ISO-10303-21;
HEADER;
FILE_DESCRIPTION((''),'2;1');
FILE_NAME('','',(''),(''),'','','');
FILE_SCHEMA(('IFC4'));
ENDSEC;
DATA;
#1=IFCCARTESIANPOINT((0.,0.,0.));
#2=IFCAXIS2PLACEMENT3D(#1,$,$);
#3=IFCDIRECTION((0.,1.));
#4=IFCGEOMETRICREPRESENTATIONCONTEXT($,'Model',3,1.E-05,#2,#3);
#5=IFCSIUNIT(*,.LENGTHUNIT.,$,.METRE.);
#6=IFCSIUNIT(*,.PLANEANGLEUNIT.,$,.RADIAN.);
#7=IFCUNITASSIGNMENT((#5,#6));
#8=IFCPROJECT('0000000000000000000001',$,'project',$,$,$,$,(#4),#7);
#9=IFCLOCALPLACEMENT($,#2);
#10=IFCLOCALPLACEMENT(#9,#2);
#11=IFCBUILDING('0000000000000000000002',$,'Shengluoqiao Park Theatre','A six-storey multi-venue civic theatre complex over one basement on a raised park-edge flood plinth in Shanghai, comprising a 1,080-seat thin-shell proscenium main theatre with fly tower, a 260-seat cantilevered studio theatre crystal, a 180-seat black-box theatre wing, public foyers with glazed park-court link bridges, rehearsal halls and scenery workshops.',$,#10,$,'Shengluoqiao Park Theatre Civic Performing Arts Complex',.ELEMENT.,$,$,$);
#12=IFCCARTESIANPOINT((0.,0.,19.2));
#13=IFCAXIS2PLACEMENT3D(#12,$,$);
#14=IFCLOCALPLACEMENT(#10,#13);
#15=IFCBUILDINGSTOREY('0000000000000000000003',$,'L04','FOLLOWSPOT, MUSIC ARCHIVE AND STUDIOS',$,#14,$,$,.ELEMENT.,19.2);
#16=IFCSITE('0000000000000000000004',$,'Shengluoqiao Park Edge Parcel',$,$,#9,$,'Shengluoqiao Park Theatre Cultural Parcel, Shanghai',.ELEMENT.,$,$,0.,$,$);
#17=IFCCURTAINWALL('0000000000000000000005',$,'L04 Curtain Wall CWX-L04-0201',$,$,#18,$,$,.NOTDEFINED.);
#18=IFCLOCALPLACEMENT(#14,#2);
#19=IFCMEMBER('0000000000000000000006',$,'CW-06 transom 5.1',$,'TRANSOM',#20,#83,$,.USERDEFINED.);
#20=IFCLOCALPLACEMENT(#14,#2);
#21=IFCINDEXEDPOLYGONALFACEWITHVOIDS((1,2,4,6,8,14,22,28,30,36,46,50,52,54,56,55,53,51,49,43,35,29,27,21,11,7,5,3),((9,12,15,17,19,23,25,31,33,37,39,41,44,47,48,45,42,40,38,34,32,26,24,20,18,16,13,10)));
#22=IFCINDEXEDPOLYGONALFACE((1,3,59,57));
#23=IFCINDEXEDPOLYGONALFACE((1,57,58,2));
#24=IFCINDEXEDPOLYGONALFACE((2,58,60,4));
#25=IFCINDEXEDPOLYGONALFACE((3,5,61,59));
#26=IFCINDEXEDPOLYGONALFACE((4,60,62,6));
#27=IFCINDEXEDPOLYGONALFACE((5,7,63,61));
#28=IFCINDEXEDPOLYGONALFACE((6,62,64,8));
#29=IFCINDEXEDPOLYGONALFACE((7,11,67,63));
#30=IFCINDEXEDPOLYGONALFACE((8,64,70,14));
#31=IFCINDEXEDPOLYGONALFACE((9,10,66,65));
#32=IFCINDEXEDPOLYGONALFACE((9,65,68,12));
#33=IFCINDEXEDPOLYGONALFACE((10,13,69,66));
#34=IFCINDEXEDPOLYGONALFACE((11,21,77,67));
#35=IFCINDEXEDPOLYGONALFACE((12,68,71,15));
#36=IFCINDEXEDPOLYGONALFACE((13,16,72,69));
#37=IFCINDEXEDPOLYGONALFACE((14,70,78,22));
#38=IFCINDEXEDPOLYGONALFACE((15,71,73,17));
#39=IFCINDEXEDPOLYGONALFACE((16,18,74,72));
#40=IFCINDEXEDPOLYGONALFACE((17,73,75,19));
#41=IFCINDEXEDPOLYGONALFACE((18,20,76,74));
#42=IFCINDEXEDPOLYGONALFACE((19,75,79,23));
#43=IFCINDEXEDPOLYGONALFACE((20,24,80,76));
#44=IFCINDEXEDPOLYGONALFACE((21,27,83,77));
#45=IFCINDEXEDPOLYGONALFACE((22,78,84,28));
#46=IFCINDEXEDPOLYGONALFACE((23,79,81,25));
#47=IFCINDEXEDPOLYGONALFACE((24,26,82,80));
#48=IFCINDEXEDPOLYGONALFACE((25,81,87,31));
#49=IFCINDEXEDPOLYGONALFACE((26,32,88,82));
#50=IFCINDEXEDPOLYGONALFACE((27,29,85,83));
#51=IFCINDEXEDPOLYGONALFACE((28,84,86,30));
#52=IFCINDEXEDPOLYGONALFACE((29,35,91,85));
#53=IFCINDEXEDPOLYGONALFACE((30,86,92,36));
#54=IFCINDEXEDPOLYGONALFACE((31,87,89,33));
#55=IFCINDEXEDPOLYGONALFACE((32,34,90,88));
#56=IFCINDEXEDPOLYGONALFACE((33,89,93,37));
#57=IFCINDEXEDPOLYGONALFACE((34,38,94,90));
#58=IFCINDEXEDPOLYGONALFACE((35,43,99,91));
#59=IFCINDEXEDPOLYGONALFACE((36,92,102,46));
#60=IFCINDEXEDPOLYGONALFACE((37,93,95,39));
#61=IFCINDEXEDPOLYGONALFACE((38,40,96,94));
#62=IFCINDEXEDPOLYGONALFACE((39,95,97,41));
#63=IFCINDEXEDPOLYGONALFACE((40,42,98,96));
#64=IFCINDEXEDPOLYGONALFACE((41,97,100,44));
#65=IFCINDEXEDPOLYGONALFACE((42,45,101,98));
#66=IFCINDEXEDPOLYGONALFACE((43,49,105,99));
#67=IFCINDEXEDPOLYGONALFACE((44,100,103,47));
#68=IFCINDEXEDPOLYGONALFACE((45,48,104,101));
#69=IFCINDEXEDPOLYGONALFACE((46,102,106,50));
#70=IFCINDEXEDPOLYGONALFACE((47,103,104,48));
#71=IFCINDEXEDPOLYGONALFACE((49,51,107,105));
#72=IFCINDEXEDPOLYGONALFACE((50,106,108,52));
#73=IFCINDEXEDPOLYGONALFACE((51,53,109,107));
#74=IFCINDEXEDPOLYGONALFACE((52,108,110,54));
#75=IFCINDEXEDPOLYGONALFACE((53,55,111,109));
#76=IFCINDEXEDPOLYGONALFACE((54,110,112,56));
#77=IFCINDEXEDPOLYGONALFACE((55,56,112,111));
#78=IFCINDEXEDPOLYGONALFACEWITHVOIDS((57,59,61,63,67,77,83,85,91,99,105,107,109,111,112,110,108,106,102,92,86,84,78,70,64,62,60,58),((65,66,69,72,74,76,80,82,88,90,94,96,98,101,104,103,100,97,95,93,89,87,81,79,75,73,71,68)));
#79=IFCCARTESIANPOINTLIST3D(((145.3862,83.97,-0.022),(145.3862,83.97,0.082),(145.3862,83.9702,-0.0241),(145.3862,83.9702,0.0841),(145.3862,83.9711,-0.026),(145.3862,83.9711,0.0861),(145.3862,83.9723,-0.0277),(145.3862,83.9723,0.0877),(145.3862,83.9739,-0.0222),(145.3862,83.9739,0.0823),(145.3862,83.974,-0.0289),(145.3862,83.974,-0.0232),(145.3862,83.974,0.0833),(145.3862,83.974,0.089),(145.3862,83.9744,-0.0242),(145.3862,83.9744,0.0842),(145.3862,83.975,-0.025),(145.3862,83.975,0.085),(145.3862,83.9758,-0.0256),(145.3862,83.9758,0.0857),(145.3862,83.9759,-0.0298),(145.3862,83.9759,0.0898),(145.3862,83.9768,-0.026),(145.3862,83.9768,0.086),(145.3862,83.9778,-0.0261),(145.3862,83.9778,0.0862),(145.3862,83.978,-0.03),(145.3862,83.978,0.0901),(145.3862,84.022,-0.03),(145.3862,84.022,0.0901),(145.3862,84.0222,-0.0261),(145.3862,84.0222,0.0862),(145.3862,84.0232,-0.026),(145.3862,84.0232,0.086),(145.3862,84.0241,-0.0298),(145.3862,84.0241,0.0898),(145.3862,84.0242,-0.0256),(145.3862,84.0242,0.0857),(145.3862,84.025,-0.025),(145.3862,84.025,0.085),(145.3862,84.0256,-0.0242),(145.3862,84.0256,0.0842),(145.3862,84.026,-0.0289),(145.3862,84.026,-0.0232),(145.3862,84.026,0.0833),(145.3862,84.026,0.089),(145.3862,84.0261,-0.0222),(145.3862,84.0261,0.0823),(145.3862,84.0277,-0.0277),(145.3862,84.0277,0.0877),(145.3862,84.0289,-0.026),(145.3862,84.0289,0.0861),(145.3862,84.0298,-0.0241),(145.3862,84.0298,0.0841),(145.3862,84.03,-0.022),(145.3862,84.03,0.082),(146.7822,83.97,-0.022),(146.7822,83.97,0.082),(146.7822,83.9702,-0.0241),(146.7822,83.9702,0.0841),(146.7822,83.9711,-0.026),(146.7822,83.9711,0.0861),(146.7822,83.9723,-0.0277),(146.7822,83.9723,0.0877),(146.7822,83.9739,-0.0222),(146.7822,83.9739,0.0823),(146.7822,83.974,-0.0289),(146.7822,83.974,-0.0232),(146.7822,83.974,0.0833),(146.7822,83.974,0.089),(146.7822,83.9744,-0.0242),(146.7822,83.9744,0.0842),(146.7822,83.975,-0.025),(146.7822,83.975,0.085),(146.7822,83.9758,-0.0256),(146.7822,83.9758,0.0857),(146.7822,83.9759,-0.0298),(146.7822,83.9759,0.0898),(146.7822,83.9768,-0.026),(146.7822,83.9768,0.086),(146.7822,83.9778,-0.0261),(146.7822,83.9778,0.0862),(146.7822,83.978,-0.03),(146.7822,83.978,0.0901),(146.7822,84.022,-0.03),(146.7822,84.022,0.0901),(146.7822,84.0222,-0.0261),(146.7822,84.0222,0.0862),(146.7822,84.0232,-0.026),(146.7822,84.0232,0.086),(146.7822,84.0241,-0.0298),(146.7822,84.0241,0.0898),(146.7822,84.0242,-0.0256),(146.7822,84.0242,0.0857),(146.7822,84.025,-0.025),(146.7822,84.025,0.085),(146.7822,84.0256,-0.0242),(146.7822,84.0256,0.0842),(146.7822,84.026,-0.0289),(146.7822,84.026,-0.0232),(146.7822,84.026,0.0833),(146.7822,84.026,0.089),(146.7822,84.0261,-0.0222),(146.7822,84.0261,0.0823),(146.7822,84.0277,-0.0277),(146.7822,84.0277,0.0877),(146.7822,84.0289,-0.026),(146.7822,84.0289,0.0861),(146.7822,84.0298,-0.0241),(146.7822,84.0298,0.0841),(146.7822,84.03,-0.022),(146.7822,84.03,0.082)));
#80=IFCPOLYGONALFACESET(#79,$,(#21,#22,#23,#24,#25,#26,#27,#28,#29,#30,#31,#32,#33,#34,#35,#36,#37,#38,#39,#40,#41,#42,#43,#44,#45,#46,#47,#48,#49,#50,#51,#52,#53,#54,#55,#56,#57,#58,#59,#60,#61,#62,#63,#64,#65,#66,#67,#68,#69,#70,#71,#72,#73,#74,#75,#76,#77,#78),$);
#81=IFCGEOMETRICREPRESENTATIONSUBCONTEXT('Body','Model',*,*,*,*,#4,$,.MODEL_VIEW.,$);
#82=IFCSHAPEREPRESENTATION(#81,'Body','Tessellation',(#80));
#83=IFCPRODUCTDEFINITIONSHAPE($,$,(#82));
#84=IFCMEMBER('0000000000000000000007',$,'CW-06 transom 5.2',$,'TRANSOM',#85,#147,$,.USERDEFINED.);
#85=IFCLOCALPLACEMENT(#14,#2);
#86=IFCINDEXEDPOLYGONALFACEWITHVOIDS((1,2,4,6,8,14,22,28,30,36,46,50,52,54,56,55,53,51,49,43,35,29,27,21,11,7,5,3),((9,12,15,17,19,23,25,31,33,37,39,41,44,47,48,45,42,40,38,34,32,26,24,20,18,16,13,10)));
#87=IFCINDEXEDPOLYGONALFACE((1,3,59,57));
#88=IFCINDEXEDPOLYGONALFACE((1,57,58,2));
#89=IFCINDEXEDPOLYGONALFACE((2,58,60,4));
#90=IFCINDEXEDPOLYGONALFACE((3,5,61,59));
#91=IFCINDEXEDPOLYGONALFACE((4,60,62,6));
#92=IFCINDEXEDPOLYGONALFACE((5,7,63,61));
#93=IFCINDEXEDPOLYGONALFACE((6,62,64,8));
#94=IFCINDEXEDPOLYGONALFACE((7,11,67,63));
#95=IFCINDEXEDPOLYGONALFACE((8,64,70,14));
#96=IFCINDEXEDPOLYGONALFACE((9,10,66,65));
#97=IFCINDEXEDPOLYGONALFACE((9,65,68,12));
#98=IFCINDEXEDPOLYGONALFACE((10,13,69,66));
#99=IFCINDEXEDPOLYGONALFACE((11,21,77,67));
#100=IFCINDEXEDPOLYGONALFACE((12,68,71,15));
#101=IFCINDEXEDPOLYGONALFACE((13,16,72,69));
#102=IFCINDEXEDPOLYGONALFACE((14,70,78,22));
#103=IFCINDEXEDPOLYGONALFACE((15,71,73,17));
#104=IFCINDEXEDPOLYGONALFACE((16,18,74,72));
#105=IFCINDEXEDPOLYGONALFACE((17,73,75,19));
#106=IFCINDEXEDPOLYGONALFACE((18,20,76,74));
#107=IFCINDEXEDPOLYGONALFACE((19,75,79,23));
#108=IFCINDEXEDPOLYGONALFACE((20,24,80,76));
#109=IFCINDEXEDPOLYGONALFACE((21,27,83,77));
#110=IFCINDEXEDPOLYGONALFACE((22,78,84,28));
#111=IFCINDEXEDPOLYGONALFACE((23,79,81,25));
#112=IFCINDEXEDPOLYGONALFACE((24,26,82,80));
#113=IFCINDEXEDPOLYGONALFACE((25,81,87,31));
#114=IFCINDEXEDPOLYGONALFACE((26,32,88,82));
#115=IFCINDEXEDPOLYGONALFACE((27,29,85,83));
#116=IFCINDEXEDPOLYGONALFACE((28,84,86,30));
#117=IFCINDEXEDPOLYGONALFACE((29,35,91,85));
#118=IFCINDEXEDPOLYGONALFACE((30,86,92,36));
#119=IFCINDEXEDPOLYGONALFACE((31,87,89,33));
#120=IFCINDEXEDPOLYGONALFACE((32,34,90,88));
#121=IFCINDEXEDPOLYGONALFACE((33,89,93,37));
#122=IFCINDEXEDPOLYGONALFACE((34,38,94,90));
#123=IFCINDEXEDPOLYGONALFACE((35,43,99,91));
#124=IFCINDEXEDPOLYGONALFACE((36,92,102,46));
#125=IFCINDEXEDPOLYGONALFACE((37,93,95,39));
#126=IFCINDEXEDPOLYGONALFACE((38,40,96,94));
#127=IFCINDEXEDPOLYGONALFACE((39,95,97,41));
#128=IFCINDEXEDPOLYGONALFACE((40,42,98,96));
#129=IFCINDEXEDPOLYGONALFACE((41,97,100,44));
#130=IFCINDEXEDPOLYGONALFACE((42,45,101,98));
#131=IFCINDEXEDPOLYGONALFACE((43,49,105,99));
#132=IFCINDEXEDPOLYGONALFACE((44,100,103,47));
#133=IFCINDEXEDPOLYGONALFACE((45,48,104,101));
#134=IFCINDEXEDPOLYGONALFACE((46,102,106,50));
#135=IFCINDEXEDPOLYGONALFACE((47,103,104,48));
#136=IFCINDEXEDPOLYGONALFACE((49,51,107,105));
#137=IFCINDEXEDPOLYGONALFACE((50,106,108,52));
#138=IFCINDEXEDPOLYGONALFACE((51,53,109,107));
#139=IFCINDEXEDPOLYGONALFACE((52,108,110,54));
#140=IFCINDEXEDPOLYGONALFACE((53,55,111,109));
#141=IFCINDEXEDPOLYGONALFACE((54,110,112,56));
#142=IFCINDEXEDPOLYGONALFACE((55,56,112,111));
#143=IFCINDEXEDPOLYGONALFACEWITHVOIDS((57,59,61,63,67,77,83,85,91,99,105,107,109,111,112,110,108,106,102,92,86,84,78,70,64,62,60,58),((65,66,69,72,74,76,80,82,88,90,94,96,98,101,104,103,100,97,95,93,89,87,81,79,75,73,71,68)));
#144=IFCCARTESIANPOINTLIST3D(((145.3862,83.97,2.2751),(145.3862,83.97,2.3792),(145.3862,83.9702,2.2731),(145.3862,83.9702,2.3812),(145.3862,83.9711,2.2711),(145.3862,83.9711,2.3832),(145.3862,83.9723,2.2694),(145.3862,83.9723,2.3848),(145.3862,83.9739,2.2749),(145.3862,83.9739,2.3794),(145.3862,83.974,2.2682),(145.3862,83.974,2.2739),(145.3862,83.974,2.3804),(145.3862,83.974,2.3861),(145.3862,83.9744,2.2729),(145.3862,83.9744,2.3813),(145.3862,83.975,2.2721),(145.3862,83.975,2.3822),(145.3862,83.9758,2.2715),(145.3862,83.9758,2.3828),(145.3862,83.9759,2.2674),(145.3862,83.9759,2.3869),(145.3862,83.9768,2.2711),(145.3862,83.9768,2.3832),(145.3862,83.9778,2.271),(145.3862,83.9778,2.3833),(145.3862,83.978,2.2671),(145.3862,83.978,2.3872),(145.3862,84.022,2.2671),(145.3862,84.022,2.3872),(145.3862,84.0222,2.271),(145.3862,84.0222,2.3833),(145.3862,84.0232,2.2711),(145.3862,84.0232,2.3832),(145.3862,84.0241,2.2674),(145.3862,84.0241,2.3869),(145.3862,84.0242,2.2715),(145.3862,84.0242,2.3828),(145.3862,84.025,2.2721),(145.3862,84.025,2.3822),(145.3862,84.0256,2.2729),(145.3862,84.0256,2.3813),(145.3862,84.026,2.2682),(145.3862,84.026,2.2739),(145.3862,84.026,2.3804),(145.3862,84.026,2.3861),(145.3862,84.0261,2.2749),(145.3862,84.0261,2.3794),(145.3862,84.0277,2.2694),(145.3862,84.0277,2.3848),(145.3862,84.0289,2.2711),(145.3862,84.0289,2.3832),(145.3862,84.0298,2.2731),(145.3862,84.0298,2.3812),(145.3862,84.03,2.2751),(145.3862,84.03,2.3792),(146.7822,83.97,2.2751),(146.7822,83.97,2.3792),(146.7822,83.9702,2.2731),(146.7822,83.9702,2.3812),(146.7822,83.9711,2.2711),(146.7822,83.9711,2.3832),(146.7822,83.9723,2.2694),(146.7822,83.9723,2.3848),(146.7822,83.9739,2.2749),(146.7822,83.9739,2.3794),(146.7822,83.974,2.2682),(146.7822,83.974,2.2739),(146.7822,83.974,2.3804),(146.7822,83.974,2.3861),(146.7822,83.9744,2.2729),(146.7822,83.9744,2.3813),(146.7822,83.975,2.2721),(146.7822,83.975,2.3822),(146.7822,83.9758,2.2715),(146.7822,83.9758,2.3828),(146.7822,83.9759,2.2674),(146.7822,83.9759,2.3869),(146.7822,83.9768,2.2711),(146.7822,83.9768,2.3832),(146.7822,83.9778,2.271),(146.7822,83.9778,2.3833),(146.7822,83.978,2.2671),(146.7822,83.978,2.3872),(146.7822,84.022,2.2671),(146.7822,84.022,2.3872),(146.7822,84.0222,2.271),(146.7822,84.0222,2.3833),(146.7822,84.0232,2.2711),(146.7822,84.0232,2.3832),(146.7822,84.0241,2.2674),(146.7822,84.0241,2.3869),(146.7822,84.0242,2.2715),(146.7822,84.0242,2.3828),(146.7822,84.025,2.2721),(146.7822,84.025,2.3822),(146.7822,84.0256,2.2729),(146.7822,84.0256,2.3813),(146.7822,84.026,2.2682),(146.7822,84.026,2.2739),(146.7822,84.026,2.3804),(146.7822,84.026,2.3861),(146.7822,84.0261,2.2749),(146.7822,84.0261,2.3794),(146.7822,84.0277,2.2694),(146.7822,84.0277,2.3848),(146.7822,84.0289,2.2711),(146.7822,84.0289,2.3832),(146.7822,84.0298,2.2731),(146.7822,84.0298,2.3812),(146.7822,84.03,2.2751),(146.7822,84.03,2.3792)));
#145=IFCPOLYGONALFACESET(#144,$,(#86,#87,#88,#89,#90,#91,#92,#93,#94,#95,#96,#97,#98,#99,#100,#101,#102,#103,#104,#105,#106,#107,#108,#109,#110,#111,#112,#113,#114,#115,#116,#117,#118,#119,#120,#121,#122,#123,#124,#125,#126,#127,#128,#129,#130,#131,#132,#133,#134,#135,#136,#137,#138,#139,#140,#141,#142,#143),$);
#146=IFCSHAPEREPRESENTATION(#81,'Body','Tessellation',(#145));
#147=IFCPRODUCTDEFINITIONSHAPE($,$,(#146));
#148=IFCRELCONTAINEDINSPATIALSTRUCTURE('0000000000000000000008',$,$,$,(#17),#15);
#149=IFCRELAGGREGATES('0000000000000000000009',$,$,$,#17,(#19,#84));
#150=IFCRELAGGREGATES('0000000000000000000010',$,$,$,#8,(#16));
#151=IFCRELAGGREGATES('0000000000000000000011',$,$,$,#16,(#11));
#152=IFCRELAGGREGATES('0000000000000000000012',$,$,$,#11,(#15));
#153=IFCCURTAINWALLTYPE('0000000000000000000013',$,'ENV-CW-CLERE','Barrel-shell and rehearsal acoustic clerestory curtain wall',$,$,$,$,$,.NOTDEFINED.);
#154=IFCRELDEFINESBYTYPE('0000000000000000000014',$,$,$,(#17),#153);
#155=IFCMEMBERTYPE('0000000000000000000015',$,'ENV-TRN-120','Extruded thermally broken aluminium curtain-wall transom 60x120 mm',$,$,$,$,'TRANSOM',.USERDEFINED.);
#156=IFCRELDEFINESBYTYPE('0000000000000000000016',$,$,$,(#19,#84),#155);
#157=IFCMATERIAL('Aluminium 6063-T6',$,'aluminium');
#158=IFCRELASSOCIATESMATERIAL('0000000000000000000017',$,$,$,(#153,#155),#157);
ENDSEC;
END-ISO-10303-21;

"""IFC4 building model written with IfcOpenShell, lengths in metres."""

from ifc_helpers import new_model, si_unit, direction, frame, origin, origin_2d, place, context, subcontext, project, spatial, hollow_rectangle, extrude, material, material_profile, profile_set, type_object, element, aggregate, save


model = new_model("IFC4")

# Units and contexts
model_context = context("Model", 3, precision=1e-05, world=origin(), true_north=direction((0.0, 1.0)))
body_context = subcontext(model_context, "Body", "Model", "MODEL_VIEW")
ifc_project = project(units=[si_unit("LENGTHUNIT", "METRE"), si_unit("PLANEANGLEUNIT", "RADIAN")], contexts=[model_context])

# Site, building, storey
site_placement = place(None, origin())
site = spatial("IfcSite", under=ifc_project, at=site_placement, Name="Shengluoqiao Park Edge Parcel", LongName="Shengluoqiao Park Theatre Cultural Parcel, Shanghai", CompositionType="ELEMENT", RefElevation=0.0)
building_placement = place(site_placement, origin())
building = spatial("IfcBuilding", under=site, at=building_placement, Name="Shengluoqiao Park Theatre", Description="A six-storey multi-venue civic theatre complex over one basement on a raised park-edge flood plinth in Shanghai, comprising a 1,080-seat thin-shell proscenium main theatre with fly tower, a 260-seat cantilevered studio theatre crystal, a 180-seat black-box theatre wing, public foyers with glazed park-court link bridges, rehearsal halls and scenery workshops.", LongName="Shengluoqiao Park Theatre Civic Performing Arts Complex", CompositionType="ELEMENT")
storey_placement = place(building_placement, frame((0.0, 0.0, 19.2)))
storey = spatial("IfcBuildingStorey", under=building, at=storey_placement, Name="L04", Description="FOLLOWSPOT, MUSIC ARCHIVE AND STUDIOS", CompositionType="ELEMENT", Elevation=19.2)

# Curtain wall, members
ifc_material_1 = material(Name="Aluminium 6063-T6", Category="aluminium")
curtain_wall_type = type_object("IfcCurtainWallType", Name="ENV-CW-CLERE", Description="Barrel-shell and rehearsal acoustic clerestory curtain wall", PredefinedType="NOTDEFINED", material=ifc_material_1)
curtain_wall_placement = place(storey_placement, origin())
curtain_wall = element("IfcCurtainWall", 1, at=curtain_wall_placement, inside=storey, type_object=curtain_wall_type, Name="L04 Curtain Wall CWX-L04-0201", PredefinedType="NOTDEFINED")
ifc_material_profile_1 = material_profile(ifc_material_1, hollow_rectangle(XDim=0.0601, YDim=0.1201, WallThickness=0.0039, InnerFilletRadius=0.0039, OuterFilletRadius=0.0081, at=origin_2d()), Name="ALU TRANSOM 120x60x4")
ifc_profile_set_1 = profile_set([ifc_material_profile_1], Name="Aluminium 6063-T6")
member_type_1 = type_object("IfcMemberType", Name="ENV-TRN-120", Description="Extruded thermally broken aluminium curtain-wall transom 60x120 mm", ElementType="TRANSOM", PredefinedType="USERDEFINED", material=ifc_profile_set_1)
member_1_placement = place(storey_placement, frame((145.3862, 84.0, 0.03), z_axis=(1.0, 0.0, 0.0), x_axis=(0.0, 1.0, 0.0)))
member_1 = element("IfcMember", 2, at=member_1_placement, type_object=member_type_1, Name="CW-06 transom 5.1", ObjectType="TRANSOM", PredefinedType="USERDEFINED", context=body_context, shape_type="SweptSolid", body=[
    extrude(hollow_rectangle(XDim=0.0601, YDim=0.1201, WallThickness=0.0039, InnerFilletRadius=0.0039, OuterFilletRadius=0.0081, at=origin_2d()), origin(), (0.0, 0.0, 1.0), 1.396),
])
member_2_placement = place(storey_placement, frame((145.3862, 84.0, 2.3271), z_axis=(1.0, 0.0, 0.0), x_axis=(0.0, 1.0, 0.0)))
member_2 = element("IfcMember", 3, at=member_2_placement, type_object=member_type_1, Name="CW-06 transom 5.2", ObjectType="TRANSOM", PredefinedType="USERDEFINED", context=body_context, shape_type="SweptSolid", body=[
    extrude(hollow_rectangle(XDim=0.0601, YDim=0.1201, WallThickness=0.0039, InnerFilletRadius=0.0039, OuterFilletRadius=0.0081, at=origin_2d()), origin(), (0.0, 0.0, 1.0), 1.396),
])

aggregate(curtain_wall, [member_1, member_2])

save(model, "model.ifc")
